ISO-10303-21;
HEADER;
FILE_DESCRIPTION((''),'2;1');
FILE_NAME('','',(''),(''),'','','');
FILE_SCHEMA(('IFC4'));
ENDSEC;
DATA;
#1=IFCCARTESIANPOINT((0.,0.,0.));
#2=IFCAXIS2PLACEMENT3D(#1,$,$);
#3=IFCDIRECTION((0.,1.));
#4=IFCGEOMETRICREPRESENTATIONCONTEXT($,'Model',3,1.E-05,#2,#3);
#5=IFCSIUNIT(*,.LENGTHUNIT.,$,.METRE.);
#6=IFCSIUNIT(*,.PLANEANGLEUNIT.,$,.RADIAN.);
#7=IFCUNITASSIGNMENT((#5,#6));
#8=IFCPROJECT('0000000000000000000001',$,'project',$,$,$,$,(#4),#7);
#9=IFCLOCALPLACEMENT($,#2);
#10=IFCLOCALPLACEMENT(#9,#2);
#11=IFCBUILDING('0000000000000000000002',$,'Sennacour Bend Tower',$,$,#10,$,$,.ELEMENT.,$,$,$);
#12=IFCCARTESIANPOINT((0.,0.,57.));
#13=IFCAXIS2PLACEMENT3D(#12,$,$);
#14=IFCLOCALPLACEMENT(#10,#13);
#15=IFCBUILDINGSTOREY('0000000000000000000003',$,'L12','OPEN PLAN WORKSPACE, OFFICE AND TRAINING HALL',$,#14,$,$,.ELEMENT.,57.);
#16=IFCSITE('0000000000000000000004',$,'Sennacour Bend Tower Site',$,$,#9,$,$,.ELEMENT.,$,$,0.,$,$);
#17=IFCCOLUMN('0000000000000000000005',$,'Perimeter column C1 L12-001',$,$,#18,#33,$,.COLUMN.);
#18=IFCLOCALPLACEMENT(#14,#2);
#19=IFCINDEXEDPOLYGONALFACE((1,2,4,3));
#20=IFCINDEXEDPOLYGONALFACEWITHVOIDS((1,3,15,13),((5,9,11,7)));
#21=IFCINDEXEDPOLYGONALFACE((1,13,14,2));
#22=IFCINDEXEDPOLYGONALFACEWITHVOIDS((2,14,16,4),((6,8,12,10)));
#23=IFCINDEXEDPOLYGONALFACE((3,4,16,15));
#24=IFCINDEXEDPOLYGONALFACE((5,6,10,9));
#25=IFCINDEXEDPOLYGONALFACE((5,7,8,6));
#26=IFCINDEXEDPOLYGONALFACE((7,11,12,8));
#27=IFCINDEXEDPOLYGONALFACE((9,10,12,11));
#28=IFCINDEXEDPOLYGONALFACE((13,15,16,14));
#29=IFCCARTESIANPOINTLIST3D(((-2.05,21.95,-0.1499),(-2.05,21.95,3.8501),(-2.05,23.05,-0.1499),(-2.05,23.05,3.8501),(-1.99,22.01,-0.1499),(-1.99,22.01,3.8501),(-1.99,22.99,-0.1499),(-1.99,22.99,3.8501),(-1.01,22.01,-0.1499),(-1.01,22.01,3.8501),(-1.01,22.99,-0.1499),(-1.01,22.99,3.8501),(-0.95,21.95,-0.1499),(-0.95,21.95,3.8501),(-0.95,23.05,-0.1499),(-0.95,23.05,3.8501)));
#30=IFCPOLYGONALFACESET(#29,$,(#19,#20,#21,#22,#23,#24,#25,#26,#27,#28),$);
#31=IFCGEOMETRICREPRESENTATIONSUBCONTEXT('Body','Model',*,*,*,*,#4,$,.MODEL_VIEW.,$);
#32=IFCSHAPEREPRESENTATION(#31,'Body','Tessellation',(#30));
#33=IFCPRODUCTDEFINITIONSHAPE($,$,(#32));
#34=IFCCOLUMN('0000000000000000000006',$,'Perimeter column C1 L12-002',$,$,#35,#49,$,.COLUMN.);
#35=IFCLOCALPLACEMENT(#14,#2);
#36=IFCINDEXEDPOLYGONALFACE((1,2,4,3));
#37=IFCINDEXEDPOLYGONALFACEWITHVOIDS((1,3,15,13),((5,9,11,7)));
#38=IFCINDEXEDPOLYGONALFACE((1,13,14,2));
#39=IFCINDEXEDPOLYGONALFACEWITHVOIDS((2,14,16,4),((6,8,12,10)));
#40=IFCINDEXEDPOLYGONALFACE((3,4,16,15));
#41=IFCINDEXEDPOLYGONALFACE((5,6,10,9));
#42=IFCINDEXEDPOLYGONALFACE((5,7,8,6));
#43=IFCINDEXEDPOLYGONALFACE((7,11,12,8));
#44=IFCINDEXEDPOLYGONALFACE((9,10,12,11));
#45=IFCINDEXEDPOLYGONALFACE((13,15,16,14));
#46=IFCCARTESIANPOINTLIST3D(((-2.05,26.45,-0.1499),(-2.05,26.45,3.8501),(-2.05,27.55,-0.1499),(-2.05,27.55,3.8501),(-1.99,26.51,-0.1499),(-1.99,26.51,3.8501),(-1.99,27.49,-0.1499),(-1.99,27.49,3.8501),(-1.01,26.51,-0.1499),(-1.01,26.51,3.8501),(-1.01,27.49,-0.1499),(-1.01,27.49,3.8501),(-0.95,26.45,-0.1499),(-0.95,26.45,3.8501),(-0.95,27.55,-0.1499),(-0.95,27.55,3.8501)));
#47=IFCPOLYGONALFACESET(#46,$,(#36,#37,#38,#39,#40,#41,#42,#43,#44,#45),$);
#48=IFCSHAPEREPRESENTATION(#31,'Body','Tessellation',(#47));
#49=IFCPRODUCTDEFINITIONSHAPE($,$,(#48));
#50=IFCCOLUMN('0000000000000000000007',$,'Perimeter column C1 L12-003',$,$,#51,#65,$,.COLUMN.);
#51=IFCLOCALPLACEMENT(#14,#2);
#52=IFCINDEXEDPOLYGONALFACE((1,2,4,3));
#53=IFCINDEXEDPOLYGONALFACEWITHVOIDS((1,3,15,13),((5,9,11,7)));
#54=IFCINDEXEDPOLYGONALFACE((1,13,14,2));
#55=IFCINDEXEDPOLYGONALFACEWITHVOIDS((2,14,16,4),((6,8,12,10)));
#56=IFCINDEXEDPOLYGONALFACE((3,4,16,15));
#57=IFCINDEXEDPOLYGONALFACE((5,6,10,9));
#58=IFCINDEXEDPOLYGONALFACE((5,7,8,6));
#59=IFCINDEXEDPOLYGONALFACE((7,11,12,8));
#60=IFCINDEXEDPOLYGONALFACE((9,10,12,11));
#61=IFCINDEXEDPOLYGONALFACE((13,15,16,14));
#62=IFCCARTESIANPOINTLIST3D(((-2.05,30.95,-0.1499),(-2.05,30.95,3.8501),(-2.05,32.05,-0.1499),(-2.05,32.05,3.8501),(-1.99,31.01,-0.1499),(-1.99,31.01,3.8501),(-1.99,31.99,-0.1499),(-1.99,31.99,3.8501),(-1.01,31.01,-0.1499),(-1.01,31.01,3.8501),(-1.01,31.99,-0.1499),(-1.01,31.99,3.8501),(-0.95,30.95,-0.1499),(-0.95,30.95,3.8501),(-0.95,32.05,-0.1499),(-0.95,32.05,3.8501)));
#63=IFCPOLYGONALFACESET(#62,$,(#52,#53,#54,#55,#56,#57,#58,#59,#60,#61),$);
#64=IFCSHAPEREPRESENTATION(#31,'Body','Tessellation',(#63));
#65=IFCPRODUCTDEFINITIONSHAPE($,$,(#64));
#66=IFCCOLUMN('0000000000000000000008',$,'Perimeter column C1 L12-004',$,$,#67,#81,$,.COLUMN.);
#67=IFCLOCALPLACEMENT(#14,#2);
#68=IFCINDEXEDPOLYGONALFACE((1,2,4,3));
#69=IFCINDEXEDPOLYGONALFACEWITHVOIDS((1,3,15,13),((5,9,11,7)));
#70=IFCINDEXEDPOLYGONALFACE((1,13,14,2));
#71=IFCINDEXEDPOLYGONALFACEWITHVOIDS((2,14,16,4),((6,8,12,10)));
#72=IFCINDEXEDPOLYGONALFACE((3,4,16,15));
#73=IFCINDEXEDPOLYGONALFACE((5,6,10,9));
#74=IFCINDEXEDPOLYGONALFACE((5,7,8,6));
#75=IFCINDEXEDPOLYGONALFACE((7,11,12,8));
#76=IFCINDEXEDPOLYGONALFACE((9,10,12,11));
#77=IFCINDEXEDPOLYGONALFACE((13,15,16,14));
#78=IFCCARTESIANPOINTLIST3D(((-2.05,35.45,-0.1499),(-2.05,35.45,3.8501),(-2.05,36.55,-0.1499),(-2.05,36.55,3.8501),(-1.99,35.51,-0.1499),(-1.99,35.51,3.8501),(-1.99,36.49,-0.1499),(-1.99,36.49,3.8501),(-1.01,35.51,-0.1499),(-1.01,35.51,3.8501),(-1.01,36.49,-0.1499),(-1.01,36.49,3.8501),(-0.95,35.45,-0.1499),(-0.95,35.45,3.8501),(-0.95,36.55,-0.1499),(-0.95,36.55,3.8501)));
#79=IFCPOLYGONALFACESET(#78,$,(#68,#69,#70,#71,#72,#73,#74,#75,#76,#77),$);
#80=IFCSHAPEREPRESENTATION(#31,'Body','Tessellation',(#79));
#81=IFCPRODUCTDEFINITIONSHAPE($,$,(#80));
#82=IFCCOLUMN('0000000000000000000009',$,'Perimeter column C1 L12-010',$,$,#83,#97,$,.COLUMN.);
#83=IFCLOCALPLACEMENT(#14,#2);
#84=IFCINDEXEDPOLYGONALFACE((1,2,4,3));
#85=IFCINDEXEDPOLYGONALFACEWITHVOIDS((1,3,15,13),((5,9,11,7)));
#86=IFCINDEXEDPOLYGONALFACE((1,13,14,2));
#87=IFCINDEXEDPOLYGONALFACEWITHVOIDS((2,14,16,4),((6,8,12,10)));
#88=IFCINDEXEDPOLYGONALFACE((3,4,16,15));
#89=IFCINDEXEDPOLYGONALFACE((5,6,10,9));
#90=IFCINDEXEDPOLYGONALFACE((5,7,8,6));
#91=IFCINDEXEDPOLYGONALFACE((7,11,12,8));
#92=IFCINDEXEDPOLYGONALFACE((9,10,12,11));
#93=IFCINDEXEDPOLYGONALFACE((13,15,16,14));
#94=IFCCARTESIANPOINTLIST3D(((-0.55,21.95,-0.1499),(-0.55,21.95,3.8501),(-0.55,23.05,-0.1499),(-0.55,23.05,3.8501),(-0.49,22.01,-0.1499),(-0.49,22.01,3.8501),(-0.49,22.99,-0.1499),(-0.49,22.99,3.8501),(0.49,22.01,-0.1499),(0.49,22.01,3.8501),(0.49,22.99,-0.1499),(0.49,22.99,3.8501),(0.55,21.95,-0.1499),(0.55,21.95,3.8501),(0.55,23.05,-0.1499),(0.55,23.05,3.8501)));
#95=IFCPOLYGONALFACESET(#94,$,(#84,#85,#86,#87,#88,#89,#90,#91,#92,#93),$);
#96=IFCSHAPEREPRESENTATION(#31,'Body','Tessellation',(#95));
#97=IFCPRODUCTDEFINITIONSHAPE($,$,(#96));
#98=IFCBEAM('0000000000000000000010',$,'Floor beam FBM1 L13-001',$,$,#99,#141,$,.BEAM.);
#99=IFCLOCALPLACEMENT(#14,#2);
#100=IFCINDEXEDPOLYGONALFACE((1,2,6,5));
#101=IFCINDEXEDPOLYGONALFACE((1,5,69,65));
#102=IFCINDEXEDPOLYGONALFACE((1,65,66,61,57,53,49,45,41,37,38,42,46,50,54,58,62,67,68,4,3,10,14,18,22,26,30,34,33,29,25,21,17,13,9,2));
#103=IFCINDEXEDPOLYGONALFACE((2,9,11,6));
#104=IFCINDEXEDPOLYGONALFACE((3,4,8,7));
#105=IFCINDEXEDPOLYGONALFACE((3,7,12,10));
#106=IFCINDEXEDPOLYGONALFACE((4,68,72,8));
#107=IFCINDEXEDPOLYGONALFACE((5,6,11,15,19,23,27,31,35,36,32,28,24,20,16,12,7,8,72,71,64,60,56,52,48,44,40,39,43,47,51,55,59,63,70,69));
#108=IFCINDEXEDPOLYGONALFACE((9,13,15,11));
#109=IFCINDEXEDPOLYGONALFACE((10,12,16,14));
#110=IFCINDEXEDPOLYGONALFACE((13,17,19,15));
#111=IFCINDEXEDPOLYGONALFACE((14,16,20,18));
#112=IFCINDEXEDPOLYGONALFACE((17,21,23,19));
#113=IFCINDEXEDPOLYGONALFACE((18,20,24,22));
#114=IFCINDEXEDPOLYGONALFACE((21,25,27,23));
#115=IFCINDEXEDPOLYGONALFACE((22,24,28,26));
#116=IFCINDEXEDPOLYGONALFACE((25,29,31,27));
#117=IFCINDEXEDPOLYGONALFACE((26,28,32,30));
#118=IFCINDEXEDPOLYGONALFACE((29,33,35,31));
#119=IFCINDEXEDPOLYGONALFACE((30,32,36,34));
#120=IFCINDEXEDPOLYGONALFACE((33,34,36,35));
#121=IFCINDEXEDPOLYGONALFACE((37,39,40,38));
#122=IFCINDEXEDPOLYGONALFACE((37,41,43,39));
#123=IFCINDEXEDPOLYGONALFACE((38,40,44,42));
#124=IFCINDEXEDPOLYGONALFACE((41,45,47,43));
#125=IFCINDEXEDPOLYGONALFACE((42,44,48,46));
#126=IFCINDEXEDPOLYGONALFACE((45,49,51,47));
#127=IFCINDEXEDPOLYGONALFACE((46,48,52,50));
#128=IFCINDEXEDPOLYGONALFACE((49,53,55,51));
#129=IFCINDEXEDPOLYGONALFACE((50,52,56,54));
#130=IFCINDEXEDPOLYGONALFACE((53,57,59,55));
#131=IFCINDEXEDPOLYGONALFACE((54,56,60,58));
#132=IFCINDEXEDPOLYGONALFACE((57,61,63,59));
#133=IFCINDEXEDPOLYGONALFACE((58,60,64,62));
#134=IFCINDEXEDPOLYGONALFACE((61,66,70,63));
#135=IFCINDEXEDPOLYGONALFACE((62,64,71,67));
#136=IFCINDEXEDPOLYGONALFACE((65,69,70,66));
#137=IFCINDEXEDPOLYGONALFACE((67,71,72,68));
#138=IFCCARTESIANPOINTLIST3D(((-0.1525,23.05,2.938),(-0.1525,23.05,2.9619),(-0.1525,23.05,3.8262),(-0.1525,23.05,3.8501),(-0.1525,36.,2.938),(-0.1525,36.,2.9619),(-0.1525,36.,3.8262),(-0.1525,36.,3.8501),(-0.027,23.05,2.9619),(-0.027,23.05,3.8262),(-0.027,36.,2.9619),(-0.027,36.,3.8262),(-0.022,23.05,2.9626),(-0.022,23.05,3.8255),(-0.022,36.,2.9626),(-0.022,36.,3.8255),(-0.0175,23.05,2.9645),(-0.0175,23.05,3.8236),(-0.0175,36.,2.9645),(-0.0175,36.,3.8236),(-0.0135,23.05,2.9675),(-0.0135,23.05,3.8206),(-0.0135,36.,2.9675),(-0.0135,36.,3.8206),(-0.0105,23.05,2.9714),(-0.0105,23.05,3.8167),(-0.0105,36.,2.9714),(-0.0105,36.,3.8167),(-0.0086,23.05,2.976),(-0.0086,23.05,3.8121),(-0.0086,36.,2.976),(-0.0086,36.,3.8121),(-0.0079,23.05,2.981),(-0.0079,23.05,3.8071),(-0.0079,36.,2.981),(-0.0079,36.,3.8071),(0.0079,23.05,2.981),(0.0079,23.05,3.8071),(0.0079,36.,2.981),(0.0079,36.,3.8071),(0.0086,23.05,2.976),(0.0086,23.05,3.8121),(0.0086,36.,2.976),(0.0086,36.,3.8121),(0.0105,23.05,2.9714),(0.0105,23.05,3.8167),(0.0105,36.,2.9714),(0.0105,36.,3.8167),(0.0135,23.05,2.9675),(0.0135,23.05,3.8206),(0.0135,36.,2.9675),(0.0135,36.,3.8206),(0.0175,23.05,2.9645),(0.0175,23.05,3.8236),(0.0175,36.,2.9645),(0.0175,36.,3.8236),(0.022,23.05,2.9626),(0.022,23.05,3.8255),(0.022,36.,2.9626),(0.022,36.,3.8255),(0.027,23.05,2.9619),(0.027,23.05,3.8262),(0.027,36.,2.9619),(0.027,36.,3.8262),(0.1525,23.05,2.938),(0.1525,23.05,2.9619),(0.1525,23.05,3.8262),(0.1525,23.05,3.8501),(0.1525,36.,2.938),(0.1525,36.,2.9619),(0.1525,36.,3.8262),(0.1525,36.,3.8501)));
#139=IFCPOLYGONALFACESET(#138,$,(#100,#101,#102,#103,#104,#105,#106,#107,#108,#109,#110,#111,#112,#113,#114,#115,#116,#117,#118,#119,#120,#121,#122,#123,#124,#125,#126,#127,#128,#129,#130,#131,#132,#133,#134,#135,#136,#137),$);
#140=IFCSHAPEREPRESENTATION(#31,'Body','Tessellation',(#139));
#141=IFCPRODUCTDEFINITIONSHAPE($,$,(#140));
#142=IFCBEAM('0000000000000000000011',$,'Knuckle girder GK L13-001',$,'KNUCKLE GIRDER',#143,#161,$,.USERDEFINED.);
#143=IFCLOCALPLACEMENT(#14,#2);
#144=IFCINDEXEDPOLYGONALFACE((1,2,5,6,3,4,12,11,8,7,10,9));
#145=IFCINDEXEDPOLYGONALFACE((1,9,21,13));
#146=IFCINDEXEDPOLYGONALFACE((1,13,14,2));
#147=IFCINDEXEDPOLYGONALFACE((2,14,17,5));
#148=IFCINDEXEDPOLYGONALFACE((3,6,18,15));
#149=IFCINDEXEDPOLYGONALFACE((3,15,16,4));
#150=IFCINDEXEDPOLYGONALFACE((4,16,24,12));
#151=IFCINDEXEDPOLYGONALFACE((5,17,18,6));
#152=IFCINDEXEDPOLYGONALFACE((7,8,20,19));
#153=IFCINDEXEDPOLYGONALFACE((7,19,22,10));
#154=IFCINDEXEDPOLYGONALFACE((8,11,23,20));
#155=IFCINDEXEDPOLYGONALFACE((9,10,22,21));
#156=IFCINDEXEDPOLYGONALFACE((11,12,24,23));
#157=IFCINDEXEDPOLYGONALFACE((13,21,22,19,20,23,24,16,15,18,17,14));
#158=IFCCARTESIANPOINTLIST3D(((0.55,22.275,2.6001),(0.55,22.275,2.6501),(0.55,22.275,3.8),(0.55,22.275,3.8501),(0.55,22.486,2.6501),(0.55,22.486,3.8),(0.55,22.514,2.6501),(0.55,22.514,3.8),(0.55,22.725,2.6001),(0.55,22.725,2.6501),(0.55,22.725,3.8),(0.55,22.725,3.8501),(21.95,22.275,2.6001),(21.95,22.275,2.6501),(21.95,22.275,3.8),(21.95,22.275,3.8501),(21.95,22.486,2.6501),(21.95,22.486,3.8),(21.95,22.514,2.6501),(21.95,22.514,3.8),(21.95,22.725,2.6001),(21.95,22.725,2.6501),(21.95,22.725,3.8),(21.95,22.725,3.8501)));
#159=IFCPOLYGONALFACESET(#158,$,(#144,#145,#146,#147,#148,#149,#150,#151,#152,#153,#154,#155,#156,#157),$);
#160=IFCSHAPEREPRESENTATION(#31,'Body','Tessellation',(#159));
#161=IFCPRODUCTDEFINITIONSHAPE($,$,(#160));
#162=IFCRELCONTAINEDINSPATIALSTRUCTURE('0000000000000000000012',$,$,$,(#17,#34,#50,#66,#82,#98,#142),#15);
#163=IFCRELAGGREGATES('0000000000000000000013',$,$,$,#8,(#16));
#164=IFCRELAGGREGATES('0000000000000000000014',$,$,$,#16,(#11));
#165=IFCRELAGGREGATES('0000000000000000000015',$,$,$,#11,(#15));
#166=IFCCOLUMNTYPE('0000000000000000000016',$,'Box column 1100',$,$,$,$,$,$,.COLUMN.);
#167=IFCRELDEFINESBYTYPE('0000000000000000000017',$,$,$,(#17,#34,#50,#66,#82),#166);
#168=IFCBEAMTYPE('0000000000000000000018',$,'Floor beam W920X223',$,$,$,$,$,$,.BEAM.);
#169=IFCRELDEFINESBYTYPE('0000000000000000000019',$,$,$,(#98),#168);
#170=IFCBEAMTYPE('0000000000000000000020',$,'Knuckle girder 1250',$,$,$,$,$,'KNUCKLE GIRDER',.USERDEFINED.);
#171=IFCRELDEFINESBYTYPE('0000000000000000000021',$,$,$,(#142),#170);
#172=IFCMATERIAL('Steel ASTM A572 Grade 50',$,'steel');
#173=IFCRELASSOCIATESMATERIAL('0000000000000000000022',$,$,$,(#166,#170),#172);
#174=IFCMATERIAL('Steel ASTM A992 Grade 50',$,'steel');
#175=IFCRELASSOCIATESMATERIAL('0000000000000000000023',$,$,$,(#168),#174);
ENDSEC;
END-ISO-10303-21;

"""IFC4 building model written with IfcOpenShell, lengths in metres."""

from ifc_helpers import new_model, si_unit, direction, frame, origin, origin_2d, place, context, subcontext, project, spatial, hollow_rectangle, i_section, extrude, material, material_profile, profile_set, type_object, element, save


model = new_model("IFC4")

# Units and contexts
model_context = context("Model", 3, precision=1e-05, world=origin(), true_north=direction((0.0, 1.0)))
body_context = subcontext(model_context, "Body", "Model", "MODEL_VIEW")
ifc_project = project(units=[si_unit("LENGTHUNIT", "METRE"), si_unit("PLANEANGLEUNIT", "RADIAN")], contexts=[model_context])

# Site, building, storey
site_placement = place(None, origin())
site = spatial("IfcSite", under=ifc_project, at=site_placement, Name="Sennacour Bend Tower Site", CompositionType="ELEMENT", RefElevation=0.0)
building_placement = place(site_placement, origin())
building = spatial("IfcBuilding", under=site, at=building_placement, Name="Sennacour Bend Tower", CompositionType="ELEMENT")
storey_placement = place(building_placement, frame((0.0, 0.0, 57.0)))
storey = spatial("IfcBuildingStorey", under=building, at=storey_placement, Name="L12", Description="OPEN PLAN WORKSPACE, OFFICE AND TRAINING HALL", CompositionType="ELEMENT", Elevation=57.0)

# Columns
ifc_material_1 = material(Name="Steel ASTM A572 Grade 50", Category="steel")
ifc_material_profile_1 = material_profile(ifc_material_1, hollow_rectangle(XDim=1.1001, YDim=1.1001, WallThickness=0.0601, at=origin_2d()), Name="Steel ASTM A572 Grade 50", Category="steel")
ifc_profile_set_1 = profile_set([ifc_material_profile_1], Name="Steel ASTM A572 Grade 50")
column_type = type_object("IfcColumnType", Name="Box column 1100", PredefinedType="COLUMN", material=ifc_profile_set_1)
for number, where, z_axis, x_axis, name in (
    (1, (-1.5, 22.5, -0.1499), (0.0, 0.0, 1.0), (1.0, 0.0, 0.0), "Perimeter column C1 L12-001"),
    (2, (-1.5, 27.0, -0.1499), (0.0, 0.0, 1.0), (1.0, 0.0, 0.0), "Perimeter column C1 L12-002"),
    (3, (-1.5, 31.5, -0.1499), (0.0, 0.0, 1.0), (1.0, 0.0, 0.0), "Perimeter column C1 L12-003"),
    (4, (-1.5, 36.0, -0.1499), (0.0, 0.0, 1.0), (1.0, 0.0, 0.0), "Perimeter column C1 L12-004"),
    (5, (0.0, 22.5, -0.1499), (0.0, 0.0, 1.0), (1.0, 0.0, 0.0), "Perimeter column C1 L12-010"),
):
    element("IfcColumn", number, at=place(storey_placement, frame(where, z_axis=z_axis, x_axis=x_axis)), inside=storey, type_object=column_type, Name=name, PredefinedType="COLUMN", context=body_context, shape_type="SweptSolid", body=[
        extrude(hollow_rectangle(XDim=1.1001, YDim=1.1001, WallThickness=0.0601, at=origin_2d()), origin(), (0.0, 0.0, 1.0), 4.0),
    ])

# Beams
ifc_material_2 = material(Name="Steel ASTM A992 Grade 50", Category="steel")
ifc_material_profile_2 = material_profile(ifc_material_2, i_section(OverallWidth=0.3049, OverallDepth=0.9121, WebThickness=0.0159, FlangeThickness=0.0239, FilletRadius=0.019, at=origin_2d()), Name="Steel ASTM A992 Grade 50", Category="steel")
ifc_profile_set_2 = profile_set([ifc_material_profile_2], Name="Steel ASTM A992 Grade 50")
beam_type_1 = type_object("IfcBeamType", Name="Floor beam W920X223", PredefinedType="BEAM", material=ifc_profile_set_2)
beam_1_placement = place(storey_placement, frame((0.0, 23.05, 3.394), z_axis=(0.0, 1.0, 0.0), x_axis=(-1.0, 0.0, 0.0)))
element("IfcBeam", 6, at=beam_1_placement, inside=storey, type_object=beam_type_1, Name="Floor beam FBM1 L13-001", PredefinedType="BEAM", context=body_context, shape_type="SweptSolid", body=[
    extrude(i_section(OverallWidth=0.3049, OverallDepth=0.9121, WebThickness=0.0159, FlangeThickness=0.0239, FilletRadius=0.019, at=origin_2d()), origin(), (0.0, 0.0, 1.0), 12.95),
])
ifc_material_profile_3 = material_profile(ifc_material_1, i_section(OverallWidth=0.45, OverallDepth=1.25, WebThickness=0.0281, FlangeThickness=0.05, at=origin_2d()), Name="Steel ASTM A572 Grade 50", Category="steel")
ifc_profile_set_3 = profile_set([ifc_material_profile_3], Name="Steel ASTM A572 Grade 50")
beam_type_2 = type_object("IfcBeamType", Name="Knuckle girder 1250", ElementType="KNUCKLE GIRDER", PredefinedType="USERDEFINED", material=ifc_profile_set_3)
beam_2_placement = place(storey_placement, frame((0.55, 22.5, 3.2251), z_axis=(1.0, 0.0, 0.0), x_axis=(0.0, 1.0, 0.0)))
element("IfcBeam", 7, at=beam_2_placement, inside=storey, type_object=beam_type_2, Name="Knuckle girder GK L13-001", ObjectType="KNUCKLE GIRDER", PredefinedType="USERDEFINED", context=body_context, shape_type="SweptSolid", body=[
    extrude(i_section(OverallWidth=0.45, OverallDepth=1.25, WebThickness=0.0281, FlangeThickness=0.05, at=origin_2d()), origin(), (0.0, 0.0, 1.0), 21.3999),
])

save(model, "model.ifc")
